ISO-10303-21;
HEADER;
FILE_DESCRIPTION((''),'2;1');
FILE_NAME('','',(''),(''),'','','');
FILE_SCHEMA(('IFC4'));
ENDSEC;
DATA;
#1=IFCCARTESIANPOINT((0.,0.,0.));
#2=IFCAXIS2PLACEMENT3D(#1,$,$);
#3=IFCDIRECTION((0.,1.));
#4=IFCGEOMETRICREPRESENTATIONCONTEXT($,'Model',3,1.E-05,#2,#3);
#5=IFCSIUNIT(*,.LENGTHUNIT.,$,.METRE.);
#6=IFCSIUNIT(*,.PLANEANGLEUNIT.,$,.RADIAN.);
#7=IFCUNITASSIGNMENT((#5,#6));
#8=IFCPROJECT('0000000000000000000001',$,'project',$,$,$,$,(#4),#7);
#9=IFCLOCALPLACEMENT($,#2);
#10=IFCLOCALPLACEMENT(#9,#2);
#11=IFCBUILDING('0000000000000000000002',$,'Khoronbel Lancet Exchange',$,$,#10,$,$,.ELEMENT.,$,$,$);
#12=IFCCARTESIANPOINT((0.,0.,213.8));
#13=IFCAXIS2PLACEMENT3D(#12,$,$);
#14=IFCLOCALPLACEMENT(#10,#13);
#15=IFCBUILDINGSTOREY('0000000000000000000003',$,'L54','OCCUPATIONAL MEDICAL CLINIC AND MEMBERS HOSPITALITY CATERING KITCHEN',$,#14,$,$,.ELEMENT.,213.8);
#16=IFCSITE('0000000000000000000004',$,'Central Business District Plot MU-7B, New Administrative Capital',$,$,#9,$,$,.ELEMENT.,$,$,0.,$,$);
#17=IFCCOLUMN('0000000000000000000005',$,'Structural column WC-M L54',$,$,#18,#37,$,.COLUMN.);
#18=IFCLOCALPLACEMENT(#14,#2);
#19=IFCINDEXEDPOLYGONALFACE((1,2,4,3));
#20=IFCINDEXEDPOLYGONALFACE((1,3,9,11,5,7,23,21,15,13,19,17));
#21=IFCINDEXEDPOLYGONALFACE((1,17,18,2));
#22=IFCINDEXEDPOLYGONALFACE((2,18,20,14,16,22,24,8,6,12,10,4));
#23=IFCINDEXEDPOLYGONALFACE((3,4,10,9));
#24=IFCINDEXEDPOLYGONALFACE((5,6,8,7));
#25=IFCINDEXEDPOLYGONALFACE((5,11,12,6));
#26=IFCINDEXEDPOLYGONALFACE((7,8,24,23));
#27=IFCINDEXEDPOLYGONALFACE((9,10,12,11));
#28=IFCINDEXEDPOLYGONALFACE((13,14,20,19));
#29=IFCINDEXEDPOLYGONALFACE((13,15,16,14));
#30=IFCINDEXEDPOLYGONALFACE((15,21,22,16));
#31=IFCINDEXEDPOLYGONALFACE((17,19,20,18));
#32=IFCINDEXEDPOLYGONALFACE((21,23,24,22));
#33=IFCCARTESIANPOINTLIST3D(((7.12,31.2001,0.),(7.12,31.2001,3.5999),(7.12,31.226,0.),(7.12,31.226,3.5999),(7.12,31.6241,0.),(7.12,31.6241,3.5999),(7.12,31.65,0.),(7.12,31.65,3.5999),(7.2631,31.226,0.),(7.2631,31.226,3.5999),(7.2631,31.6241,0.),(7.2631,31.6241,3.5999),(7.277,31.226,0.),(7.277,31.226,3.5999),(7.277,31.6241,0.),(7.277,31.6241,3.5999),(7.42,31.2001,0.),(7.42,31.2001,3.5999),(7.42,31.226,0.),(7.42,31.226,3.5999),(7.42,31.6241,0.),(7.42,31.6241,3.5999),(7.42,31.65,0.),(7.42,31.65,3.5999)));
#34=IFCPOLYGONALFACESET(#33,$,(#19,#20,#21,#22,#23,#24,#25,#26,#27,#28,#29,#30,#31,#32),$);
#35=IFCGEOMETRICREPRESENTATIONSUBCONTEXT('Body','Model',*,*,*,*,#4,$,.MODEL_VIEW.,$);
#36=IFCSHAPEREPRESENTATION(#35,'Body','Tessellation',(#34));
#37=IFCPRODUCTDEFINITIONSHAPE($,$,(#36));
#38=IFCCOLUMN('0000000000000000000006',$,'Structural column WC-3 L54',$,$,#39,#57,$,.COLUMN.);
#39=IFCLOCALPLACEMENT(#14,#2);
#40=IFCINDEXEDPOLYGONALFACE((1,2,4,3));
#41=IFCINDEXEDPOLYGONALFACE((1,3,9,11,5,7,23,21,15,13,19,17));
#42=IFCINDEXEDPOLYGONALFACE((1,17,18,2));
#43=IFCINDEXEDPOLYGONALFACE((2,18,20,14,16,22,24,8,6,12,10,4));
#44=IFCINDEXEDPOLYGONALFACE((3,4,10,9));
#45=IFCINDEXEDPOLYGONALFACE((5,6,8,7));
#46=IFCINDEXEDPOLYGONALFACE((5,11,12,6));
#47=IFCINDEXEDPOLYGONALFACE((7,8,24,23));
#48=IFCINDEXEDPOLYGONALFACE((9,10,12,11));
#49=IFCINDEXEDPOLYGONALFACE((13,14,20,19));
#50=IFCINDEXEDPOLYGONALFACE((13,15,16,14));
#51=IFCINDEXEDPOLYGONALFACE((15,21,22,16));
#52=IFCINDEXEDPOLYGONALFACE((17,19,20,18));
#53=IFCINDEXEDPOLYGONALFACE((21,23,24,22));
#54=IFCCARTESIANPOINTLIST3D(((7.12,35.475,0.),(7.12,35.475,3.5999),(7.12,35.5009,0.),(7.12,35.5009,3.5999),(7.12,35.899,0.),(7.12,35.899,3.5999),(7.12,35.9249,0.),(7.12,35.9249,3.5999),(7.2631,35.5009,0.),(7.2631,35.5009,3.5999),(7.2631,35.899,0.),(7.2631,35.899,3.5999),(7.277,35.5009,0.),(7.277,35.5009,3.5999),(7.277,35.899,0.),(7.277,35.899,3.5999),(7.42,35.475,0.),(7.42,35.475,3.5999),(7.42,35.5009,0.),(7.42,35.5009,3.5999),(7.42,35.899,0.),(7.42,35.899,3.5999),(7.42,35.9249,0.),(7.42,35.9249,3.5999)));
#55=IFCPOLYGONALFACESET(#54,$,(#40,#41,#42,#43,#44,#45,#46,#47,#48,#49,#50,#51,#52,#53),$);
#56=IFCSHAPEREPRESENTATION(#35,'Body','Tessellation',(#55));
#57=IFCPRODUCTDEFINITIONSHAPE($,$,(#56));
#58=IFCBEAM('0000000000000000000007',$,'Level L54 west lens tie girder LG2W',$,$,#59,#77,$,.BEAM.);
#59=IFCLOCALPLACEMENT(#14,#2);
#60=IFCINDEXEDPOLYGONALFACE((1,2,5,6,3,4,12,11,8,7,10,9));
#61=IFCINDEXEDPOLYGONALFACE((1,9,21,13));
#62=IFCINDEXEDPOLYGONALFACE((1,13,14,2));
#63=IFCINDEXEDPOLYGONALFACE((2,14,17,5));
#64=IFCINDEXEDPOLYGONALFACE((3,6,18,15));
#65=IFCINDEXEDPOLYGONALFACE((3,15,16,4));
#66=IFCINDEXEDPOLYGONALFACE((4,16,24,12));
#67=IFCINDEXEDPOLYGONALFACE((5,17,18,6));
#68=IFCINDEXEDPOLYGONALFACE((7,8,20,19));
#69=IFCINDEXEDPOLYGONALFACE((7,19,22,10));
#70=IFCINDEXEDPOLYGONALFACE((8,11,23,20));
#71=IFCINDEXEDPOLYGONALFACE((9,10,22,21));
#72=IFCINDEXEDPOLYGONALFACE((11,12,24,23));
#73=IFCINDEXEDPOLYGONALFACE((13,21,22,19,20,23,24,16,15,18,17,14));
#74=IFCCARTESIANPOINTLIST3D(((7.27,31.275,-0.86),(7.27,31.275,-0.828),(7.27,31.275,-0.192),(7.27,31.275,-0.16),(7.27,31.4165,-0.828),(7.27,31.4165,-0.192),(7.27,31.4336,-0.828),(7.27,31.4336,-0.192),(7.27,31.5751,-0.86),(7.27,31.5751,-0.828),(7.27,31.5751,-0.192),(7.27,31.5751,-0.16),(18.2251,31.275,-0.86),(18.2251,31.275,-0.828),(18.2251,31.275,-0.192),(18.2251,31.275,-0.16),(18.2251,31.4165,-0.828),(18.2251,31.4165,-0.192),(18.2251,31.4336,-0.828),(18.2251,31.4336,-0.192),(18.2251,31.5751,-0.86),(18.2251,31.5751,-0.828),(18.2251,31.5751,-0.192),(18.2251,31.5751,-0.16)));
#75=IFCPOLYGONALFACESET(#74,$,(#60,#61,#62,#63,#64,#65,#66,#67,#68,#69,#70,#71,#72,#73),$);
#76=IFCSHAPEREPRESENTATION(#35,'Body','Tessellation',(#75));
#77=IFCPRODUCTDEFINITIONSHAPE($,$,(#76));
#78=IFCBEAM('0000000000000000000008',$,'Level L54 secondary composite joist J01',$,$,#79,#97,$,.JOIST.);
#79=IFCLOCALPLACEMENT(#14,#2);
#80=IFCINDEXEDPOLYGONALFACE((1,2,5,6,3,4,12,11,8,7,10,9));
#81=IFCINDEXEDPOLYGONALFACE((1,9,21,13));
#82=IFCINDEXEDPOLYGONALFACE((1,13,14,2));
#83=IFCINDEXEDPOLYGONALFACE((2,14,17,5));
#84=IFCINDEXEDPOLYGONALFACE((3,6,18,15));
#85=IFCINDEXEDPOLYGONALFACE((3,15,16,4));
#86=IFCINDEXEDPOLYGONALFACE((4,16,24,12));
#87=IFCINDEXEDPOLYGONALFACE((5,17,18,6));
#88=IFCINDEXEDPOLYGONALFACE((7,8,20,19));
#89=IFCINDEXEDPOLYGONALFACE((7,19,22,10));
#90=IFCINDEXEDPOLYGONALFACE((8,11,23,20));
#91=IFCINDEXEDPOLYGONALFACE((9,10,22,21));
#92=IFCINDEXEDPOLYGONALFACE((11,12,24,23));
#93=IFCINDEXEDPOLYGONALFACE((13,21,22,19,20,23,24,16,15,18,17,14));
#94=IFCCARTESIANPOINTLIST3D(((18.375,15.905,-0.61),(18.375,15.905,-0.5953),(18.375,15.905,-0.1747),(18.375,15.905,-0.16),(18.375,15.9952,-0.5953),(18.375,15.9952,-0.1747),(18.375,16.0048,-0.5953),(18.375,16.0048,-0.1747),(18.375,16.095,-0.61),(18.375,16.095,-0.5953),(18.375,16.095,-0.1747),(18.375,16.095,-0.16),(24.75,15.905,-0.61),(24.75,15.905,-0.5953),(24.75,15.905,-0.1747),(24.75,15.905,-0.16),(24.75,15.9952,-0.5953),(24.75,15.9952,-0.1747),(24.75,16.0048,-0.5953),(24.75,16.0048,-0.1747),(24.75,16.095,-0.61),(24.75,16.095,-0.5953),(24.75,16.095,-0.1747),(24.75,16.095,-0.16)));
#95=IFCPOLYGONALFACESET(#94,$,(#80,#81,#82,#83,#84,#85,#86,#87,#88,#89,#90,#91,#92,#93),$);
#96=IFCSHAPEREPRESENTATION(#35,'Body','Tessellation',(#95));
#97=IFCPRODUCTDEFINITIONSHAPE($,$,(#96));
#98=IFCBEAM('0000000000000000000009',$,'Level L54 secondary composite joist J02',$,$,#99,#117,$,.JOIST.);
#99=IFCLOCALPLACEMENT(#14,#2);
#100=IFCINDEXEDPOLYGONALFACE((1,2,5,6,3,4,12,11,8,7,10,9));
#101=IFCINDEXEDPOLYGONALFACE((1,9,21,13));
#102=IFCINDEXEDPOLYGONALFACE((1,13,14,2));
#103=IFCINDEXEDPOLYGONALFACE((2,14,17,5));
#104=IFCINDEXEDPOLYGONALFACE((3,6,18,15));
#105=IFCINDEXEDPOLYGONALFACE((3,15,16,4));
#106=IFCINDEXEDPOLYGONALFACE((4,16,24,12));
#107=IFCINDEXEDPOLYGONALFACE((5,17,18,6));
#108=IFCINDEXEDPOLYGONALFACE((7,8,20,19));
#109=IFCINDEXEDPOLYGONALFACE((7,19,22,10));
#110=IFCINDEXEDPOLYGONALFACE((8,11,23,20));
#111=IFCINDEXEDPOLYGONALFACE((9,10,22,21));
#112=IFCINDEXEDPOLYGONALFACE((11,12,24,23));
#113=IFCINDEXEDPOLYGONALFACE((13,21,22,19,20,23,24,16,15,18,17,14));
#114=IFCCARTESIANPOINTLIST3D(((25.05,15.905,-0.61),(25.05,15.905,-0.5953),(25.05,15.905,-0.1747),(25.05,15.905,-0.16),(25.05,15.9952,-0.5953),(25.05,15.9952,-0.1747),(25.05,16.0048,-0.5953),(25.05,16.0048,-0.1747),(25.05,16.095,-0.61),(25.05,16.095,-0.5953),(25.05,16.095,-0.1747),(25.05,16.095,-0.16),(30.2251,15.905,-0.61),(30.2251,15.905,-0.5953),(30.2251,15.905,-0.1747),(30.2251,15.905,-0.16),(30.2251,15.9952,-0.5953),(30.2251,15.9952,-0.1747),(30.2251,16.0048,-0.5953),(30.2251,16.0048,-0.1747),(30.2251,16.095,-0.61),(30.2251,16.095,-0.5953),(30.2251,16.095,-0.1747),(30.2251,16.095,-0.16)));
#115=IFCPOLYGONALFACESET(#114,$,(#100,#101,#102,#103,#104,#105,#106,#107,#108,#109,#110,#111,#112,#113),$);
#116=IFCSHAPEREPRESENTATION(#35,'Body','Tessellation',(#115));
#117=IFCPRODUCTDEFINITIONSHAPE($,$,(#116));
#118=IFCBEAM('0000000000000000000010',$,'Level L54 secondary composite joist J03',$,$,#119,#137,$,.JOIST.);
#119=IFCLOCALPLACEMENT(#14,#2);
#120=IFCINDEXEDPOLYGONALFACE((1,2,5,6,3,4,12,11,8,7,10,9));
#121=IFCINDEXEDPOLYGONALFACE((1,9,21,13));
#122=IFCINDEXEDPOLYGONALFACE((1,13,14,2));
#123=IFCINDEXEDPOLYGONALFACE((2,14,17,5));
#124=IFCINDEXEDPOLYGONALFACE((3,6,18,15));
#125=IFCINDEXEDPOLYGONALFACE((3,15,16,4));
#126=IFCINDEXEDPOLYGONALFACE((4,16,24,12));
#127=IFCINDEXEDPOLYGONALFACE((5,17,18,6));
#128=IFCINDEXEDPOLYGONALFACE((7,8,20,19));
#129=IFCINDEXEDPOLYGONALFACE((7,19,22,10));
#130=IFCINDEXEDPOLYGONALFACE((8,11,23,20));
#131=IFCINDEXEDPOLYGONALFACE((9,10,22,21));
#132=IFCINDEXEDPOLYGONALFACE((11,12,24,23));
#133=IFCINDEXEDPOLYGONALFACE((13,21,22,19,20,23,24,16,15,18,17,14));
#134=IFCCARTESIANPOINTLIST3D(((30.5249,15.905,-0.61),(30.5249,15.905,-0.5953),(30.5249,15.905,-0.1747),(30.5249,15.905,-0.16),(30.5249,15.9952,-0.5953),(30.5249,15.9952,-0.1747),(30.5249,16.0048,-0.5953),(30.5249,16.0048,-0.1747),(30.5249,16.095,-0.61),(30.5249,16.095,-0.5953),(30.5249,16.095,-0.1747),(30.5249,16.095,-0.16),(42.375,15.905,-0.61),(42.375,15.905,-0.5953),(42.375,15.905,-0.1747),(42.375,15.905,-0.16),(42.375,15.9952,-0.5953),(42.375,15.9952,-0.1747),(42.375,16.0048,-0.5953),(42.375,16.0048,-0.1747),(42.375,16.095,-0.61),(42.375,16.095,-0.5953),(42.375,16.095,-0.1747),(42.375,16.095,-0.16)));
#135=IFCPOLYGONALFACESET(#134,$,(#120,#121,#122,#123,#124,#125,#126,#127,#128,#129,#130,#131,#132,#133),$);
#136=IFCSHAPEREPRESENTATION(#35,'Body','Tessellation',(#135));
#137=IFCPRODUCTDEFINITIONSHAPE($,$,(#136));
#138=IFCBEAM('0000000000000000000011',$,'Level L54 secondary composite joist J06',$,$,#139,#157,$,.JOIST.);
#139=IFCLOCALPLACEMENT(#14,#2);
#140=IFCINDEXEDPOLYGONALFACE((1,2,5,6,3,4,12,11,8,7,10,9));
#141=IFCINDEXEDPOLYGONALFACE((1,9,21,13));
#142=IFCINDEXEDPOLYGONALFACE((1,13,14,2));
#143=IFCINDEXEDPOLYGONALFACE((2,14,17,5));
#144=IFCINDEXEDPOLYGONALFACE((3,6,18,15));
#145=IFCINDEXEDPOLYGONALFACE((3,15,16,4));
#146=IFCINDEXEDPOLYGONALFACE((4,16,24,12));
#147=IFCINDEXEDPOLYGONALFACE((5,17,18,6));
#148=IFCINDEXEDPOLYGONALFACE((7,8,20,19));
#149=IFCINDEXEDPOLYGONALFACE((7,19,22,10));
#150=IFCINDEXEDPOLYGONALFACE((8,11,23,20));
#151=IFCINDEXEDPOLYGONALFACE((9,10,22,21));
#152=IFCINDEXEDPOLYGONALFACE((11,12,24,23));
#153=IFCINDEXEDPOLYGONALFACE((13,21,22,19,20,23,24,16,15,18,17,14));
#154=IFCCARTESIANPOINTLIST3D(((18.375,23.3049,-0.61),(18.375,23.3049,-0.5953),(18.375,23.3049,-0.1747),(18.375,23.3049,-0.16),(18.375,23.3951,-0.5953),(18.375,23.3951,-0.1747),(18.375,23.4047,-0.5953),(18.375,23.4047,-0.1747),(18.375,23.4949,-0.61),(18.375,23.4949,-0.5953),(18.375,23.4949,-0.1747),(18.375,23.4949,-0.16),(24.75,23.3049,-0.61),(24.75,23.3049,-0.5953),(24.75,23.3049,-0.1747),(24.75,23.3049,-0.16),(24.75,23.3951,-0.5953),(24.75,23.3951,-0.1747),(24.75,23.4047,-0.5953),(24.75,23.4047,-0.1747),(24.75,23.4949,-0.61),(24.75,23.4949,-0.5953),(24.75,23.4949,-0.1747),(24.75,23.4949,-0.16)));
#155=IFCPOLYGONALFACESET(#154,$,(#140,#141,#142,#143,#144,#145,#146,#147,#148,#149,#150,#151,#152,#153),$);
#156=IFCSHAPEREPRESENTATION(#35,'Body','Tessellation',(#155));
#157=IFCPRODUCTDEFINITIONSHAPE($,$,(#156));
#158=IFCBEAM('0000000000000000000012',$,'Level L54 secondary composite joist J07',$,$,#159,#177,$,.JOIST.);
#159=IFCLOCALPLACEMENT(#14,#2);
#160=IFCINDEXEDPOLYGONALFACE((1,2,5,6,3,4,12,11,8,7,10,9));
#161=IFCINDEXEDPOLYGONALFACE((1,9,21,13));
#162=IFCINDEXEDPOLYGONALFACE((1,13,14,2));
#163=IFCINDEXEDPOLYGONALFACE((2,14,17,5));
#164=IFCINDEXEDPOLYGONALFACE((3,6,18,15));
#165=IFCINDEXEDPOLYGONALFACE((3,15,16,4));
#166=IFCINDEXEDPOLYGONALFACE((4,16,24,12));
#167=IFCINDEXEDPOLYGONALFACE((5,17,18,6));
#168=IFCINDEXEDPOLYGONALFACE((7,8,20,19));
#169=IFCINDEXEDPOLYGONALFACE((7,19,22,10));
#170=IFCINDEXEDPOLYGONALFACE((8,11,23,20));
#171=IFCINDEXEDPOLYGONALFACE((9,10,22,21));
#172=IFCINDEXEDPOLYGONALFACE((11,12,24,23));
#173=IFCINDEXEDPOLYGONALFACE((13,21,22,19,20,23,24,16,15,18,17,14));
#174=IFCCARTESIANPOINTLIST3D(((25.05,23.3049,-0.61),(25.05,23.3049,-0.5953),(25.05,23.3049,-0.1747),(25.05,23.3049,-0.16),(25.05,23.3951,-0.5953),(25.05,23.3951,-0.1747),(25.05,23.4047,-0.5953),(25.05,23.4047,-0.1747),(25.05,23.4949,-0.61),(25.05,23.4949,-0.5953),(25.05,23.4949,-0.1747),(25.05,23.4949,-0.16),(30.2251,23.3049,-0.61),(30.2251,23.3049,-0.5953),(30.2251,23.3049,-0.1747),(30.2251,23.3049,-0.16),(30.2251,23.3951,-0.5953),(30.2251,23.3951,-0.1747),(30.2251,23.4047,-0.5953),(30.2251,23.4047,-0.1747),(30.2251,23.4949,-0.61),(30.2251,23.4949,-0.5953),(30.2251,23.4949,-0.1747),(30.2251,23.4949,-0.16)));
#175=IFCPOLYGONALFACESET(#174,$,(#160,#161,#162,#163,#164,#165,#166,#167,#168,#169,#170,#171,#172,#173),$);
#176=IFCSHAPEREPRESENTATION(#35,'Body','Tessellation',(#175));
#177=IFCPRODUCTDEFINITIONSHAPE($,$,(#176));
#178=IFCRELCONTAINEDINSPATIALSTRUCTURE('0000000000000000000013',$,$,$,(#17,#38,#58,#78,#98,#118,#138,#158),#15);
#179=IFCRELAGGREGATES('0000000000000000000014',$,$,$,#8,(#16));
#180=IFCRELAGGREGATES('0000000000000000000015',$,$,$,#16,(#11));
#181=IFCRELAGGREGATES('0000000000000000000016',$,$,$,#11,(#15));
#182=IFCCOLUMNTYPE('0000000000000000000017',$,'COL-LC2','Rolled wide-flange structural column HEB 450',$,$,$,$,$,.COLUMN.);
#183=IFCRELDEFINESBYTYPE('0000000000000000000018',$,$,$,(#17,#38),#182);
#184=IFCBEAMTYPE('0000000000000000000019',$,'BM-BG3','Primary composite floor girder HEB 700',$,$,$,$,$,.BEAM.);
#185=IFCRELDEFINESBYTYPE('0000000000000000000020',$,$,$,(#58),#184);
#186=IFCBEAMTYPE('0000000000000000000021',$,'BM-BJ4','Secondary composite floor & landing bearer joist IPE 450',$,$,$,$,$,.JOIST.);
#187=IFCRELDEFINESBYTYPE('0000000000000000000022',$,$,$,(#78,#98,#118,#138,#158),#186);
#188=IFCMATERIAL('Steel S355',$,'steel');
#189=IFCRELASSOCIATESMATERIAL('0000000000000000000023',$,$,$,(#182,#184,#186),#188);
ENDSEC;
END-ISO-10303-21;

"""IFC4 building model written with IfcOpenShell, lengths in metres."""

from ifc_helpers import new_model, si_unit, direction, frame, origin, origin_2d, place, context, subcontext, project, spatial, i_section, extrude, material, material_profile, profile_set, type_object, element, save


model = new_model("IFC4")

# Units and contexts
model_context = context("Model", 3, precision=1e-05, world=origin(), true_north=direction((0.0, 1.0)))
body_context = subcontext(model_context, "Body", "Model", "MODEL_VIEW")
ifc_project = project(units=[si_unit("LENGTHUNIT", "METRE"), si_unit("PLANEANGLEUNIT", "RADIAN")], contexts=[model_context])

# Site, building, storey
site_placement = place(None, origin())
site = spatial("IfcSite", under=ifc_project, at=site_placement, Name="Central Business District Plot MU-7B, New Administrative Capital", CompositionType="ELEMENT", RefElevation=0.0)
building_placement = place(site_placement, origin())
building = spatial("IfcBuilding", under=site, at=building_placement, Name="Khoronbel Lancet Exchange", CompositionType="ELEMENT")
storey_placement = place(building_placement, frame((0.0, 0.0, 213.8)))
storey = spatial("IfcBuildingStorey", under=building, at=storey_placement, Name="L54", Description="OCCUPATIONAL MEDICAL CLINIC AND MEMBERS HOSPITALITY CATERING KITCHEN", CompositionType="ELEMENT", Elevation=213.8)

# Columns
ifc_material_1 = material(Name="Steel S355", Category="steel")
ifc_material_profile_1 = material_profile(ifc_material_1, i_section(OverallWidth=0.3, OverallDepth=0.45, WebThickness=0.0139, FlangeThickness=0.0259, at=origin_2d()), Name="HEB 450")
ifc_profile_set_1 = profile_set([ifc_material_profile_1], Name="Steel S355")
column_type = type_object("IfcColumnType", Name="COL-LC2", Description="Rolled wide-flange structural column HEB 450", PredefinedType="COLUMN", material=ifc_profile_set_1)
for number, where, z_axis, x_axis, name in (
    (1, (7.27, 31.425, 0.0), (0.0, 0.0, 1.0), (1.0, 0.0, 0.0), "Structural column WC-M L54"),
    (2, (7.27, 35.7, 0.0), (0.0, 0.0, 1.0), (1.0, 0.0, 0.0), "Structural column WC-3 L54"),
):
    element("IfcColumn", number, at=place(storey_placement, frame(where, z_axis=z_axis, x_axis=x_axis)), inside=storey, type_object=column_type, Name=name, PredefinedType="COLUMN", context=body_context, shape_type="SweptSolid", body=[
        extrude(i_section(OverallWidth=0.3, OverallDepth=0.45, WebThickness=0.0139, FlangeThickness=0.0259, at=origin_2d()), origin(), (0.0, 0.0, 1.0), 3.5999),
    ])

# Beams
ifc_material_profile_2 = material_profile(ifc_material_1, i_section(OverallWidth=0.3, OverallDepth=0.7, WebThickness=0.0171, FlangeThickness=0.032, at=origin_2d()), Name="HEB 700")
ifc_profile_set_2 = profile_set([ifc_material_profile_2], Name="Steel S355")
beam_type_1 = type_object("IfcBeamType", Name="BM-BG3", Description="Primary composite floor girder HEB 700", PredefinedType="BEAM", material=ifc_profile_set_2)
beam_1_placement = place(storey_placement, frame((7.27, 31.425, -0.51), z_axis=(1.0, 0.0, 0.0), x_axis=(0.0, 1.0, 0.0)))
element("IfcBeam", 3, at=beam_1_placement, inside=storey, type_object=beam_type_1, Name="Level L54 west lens tie girder LG2W", PredefinedType="BEAM", context=body_context, shape_type="SweptSolid", body=[
    extrude(i_section(OverallWidth=0.3, OverallDepth=0.7, WebThickness=0.0171, FlangeThickness=0.032, at=origin_2d()), origin(), (0.0, 0.0, 1.0), 10.9551),
])
ifc_material_profile_3 = material_profile(ifc_material_1, i_section(OverallWidth=0.1899, OverallDepth=0.45, WebThickness=0.0095, FlangeThickness=0.0146, at=origin_2d()), Name="IPE 450")
ifc_profile_set_3 = profile_set([ifc_material_profile_3], Name="Steel S355")
beam_type_2 = type_object("IfcBeamType", Name="BM-BJ4", Description="Secondary composite floor & landing bearer joist IPE 450", PredefinedType="JOIST", material=ifc_profile_set_3)
beam_2_placement = place(storey_placement, frame((18.375, 16.0, -0.385), z_axis=(1.0, 0.0, 0.0), x_axis=(0.0, 1.0, 0.0)))
element("IfcBeam", 4, at=beam_2_placement, inside=storey, type_object=beam_type_2, Name="Level L54 secondary composite joist J01", PredefinedType="JOIST", context=body_context, shape_type="SweptSolid", body=[
    extrude(i_section(OverallWidth=0.1899, OverallDepth=0.45, WebThickness=0.0095, FlangeThickness=0.0146, at=origin_2d()), origin(), (0.0, 0.0, 1.0), 6.375),
])
beam_3_placement = place(storey_placement, frame((25.05, 16.0, -0.385), z_axis=(1.0, 0.0, 0.0), x_axis=(0.0, 1.0, 0.0)))
element("IfcBeam", 5, at=beam_3_placement, inside=storey, type_object=beam_type_2, Name="Level L54 secondary composite joist J02", PredefinedType="JOIST", context=body_context, shape_type="SweptSolid", body=[
    extrude(i_section(OverallWidth=0.1899, OverallDepth=0.45, WebThickness=0.0095, FlangeThickness=0.0146, at=origin_2d()), origin(), (0.0, 0.0, 1.0), 5.175),
])
beam_4_placement = place(storey_placement, frame((30.5249, 16.0, -0.385), z_axis=(1.0, 0.0, 0.0), x_axis=(0.0, 1.0, 0.0)))
element("IfcBeam", 6, at=beam_4_placement, inside=storey, type_object=beam_type_2, Name="Level L54 secondary composite joist J03", PredefinedType="JOIST", context=body_context, shape_type="SweptSolid", body=[
    extrude(i_section(OverallWidth=0.1899, OverallDepth=0.45, WebThickness=0.0095, FlangeThickness=0.0146, at=origin_2d()), origin(), (0.0, 0.0, 1.0), 11.8501),
])
beam_5_placement = place(storey_placement, frame((18.375, 23.3999, -0.385), z_axis=(1.0, 0.0, 0.0), x_axis=(0.0, 1.0, 0.0)))
element("IfcBeam", 7, at=beam_5_placement, inside=storey, type_object=beam_type_2, Name="Level L54 secondary composite joist J06", PredefinedType="JOIST", context=body_context, shape_type="SweptSolid", body=[
    extrude(i_section(OverallWidth=0.1899, OverallDepth=0.45, WebThickness=0.0095, FlangeThickness=0.0146, at=origin_2d()), origin(), (0.0, 0.0, 1.0), 6.375),
])
beam_6_placement = place(storey_placement, frame((25.05, 23.3999, -0.385), z_axis=(1.0, 0.0, 0.0), x_axis=(0.0, 1.0, 0.0)))
element("IfcBeam", 8, at=beam_6_placement, inside=storey, type_object=beam_type_2, Name="Level L54 secondary composite joist J07", PredefinedType="JOIST", context=body_context, shape_type="SweptSolid", body=[
    extrude(i_section(OverallWidth=0.1899, OverallDepth=0.45, WebThickness=0.0095, FlangeThickness=0.0146, at=origin_2d()), origin(), (0.0, 0.0, 1.0), 5.175),
])

save(model, "model.ifc")
